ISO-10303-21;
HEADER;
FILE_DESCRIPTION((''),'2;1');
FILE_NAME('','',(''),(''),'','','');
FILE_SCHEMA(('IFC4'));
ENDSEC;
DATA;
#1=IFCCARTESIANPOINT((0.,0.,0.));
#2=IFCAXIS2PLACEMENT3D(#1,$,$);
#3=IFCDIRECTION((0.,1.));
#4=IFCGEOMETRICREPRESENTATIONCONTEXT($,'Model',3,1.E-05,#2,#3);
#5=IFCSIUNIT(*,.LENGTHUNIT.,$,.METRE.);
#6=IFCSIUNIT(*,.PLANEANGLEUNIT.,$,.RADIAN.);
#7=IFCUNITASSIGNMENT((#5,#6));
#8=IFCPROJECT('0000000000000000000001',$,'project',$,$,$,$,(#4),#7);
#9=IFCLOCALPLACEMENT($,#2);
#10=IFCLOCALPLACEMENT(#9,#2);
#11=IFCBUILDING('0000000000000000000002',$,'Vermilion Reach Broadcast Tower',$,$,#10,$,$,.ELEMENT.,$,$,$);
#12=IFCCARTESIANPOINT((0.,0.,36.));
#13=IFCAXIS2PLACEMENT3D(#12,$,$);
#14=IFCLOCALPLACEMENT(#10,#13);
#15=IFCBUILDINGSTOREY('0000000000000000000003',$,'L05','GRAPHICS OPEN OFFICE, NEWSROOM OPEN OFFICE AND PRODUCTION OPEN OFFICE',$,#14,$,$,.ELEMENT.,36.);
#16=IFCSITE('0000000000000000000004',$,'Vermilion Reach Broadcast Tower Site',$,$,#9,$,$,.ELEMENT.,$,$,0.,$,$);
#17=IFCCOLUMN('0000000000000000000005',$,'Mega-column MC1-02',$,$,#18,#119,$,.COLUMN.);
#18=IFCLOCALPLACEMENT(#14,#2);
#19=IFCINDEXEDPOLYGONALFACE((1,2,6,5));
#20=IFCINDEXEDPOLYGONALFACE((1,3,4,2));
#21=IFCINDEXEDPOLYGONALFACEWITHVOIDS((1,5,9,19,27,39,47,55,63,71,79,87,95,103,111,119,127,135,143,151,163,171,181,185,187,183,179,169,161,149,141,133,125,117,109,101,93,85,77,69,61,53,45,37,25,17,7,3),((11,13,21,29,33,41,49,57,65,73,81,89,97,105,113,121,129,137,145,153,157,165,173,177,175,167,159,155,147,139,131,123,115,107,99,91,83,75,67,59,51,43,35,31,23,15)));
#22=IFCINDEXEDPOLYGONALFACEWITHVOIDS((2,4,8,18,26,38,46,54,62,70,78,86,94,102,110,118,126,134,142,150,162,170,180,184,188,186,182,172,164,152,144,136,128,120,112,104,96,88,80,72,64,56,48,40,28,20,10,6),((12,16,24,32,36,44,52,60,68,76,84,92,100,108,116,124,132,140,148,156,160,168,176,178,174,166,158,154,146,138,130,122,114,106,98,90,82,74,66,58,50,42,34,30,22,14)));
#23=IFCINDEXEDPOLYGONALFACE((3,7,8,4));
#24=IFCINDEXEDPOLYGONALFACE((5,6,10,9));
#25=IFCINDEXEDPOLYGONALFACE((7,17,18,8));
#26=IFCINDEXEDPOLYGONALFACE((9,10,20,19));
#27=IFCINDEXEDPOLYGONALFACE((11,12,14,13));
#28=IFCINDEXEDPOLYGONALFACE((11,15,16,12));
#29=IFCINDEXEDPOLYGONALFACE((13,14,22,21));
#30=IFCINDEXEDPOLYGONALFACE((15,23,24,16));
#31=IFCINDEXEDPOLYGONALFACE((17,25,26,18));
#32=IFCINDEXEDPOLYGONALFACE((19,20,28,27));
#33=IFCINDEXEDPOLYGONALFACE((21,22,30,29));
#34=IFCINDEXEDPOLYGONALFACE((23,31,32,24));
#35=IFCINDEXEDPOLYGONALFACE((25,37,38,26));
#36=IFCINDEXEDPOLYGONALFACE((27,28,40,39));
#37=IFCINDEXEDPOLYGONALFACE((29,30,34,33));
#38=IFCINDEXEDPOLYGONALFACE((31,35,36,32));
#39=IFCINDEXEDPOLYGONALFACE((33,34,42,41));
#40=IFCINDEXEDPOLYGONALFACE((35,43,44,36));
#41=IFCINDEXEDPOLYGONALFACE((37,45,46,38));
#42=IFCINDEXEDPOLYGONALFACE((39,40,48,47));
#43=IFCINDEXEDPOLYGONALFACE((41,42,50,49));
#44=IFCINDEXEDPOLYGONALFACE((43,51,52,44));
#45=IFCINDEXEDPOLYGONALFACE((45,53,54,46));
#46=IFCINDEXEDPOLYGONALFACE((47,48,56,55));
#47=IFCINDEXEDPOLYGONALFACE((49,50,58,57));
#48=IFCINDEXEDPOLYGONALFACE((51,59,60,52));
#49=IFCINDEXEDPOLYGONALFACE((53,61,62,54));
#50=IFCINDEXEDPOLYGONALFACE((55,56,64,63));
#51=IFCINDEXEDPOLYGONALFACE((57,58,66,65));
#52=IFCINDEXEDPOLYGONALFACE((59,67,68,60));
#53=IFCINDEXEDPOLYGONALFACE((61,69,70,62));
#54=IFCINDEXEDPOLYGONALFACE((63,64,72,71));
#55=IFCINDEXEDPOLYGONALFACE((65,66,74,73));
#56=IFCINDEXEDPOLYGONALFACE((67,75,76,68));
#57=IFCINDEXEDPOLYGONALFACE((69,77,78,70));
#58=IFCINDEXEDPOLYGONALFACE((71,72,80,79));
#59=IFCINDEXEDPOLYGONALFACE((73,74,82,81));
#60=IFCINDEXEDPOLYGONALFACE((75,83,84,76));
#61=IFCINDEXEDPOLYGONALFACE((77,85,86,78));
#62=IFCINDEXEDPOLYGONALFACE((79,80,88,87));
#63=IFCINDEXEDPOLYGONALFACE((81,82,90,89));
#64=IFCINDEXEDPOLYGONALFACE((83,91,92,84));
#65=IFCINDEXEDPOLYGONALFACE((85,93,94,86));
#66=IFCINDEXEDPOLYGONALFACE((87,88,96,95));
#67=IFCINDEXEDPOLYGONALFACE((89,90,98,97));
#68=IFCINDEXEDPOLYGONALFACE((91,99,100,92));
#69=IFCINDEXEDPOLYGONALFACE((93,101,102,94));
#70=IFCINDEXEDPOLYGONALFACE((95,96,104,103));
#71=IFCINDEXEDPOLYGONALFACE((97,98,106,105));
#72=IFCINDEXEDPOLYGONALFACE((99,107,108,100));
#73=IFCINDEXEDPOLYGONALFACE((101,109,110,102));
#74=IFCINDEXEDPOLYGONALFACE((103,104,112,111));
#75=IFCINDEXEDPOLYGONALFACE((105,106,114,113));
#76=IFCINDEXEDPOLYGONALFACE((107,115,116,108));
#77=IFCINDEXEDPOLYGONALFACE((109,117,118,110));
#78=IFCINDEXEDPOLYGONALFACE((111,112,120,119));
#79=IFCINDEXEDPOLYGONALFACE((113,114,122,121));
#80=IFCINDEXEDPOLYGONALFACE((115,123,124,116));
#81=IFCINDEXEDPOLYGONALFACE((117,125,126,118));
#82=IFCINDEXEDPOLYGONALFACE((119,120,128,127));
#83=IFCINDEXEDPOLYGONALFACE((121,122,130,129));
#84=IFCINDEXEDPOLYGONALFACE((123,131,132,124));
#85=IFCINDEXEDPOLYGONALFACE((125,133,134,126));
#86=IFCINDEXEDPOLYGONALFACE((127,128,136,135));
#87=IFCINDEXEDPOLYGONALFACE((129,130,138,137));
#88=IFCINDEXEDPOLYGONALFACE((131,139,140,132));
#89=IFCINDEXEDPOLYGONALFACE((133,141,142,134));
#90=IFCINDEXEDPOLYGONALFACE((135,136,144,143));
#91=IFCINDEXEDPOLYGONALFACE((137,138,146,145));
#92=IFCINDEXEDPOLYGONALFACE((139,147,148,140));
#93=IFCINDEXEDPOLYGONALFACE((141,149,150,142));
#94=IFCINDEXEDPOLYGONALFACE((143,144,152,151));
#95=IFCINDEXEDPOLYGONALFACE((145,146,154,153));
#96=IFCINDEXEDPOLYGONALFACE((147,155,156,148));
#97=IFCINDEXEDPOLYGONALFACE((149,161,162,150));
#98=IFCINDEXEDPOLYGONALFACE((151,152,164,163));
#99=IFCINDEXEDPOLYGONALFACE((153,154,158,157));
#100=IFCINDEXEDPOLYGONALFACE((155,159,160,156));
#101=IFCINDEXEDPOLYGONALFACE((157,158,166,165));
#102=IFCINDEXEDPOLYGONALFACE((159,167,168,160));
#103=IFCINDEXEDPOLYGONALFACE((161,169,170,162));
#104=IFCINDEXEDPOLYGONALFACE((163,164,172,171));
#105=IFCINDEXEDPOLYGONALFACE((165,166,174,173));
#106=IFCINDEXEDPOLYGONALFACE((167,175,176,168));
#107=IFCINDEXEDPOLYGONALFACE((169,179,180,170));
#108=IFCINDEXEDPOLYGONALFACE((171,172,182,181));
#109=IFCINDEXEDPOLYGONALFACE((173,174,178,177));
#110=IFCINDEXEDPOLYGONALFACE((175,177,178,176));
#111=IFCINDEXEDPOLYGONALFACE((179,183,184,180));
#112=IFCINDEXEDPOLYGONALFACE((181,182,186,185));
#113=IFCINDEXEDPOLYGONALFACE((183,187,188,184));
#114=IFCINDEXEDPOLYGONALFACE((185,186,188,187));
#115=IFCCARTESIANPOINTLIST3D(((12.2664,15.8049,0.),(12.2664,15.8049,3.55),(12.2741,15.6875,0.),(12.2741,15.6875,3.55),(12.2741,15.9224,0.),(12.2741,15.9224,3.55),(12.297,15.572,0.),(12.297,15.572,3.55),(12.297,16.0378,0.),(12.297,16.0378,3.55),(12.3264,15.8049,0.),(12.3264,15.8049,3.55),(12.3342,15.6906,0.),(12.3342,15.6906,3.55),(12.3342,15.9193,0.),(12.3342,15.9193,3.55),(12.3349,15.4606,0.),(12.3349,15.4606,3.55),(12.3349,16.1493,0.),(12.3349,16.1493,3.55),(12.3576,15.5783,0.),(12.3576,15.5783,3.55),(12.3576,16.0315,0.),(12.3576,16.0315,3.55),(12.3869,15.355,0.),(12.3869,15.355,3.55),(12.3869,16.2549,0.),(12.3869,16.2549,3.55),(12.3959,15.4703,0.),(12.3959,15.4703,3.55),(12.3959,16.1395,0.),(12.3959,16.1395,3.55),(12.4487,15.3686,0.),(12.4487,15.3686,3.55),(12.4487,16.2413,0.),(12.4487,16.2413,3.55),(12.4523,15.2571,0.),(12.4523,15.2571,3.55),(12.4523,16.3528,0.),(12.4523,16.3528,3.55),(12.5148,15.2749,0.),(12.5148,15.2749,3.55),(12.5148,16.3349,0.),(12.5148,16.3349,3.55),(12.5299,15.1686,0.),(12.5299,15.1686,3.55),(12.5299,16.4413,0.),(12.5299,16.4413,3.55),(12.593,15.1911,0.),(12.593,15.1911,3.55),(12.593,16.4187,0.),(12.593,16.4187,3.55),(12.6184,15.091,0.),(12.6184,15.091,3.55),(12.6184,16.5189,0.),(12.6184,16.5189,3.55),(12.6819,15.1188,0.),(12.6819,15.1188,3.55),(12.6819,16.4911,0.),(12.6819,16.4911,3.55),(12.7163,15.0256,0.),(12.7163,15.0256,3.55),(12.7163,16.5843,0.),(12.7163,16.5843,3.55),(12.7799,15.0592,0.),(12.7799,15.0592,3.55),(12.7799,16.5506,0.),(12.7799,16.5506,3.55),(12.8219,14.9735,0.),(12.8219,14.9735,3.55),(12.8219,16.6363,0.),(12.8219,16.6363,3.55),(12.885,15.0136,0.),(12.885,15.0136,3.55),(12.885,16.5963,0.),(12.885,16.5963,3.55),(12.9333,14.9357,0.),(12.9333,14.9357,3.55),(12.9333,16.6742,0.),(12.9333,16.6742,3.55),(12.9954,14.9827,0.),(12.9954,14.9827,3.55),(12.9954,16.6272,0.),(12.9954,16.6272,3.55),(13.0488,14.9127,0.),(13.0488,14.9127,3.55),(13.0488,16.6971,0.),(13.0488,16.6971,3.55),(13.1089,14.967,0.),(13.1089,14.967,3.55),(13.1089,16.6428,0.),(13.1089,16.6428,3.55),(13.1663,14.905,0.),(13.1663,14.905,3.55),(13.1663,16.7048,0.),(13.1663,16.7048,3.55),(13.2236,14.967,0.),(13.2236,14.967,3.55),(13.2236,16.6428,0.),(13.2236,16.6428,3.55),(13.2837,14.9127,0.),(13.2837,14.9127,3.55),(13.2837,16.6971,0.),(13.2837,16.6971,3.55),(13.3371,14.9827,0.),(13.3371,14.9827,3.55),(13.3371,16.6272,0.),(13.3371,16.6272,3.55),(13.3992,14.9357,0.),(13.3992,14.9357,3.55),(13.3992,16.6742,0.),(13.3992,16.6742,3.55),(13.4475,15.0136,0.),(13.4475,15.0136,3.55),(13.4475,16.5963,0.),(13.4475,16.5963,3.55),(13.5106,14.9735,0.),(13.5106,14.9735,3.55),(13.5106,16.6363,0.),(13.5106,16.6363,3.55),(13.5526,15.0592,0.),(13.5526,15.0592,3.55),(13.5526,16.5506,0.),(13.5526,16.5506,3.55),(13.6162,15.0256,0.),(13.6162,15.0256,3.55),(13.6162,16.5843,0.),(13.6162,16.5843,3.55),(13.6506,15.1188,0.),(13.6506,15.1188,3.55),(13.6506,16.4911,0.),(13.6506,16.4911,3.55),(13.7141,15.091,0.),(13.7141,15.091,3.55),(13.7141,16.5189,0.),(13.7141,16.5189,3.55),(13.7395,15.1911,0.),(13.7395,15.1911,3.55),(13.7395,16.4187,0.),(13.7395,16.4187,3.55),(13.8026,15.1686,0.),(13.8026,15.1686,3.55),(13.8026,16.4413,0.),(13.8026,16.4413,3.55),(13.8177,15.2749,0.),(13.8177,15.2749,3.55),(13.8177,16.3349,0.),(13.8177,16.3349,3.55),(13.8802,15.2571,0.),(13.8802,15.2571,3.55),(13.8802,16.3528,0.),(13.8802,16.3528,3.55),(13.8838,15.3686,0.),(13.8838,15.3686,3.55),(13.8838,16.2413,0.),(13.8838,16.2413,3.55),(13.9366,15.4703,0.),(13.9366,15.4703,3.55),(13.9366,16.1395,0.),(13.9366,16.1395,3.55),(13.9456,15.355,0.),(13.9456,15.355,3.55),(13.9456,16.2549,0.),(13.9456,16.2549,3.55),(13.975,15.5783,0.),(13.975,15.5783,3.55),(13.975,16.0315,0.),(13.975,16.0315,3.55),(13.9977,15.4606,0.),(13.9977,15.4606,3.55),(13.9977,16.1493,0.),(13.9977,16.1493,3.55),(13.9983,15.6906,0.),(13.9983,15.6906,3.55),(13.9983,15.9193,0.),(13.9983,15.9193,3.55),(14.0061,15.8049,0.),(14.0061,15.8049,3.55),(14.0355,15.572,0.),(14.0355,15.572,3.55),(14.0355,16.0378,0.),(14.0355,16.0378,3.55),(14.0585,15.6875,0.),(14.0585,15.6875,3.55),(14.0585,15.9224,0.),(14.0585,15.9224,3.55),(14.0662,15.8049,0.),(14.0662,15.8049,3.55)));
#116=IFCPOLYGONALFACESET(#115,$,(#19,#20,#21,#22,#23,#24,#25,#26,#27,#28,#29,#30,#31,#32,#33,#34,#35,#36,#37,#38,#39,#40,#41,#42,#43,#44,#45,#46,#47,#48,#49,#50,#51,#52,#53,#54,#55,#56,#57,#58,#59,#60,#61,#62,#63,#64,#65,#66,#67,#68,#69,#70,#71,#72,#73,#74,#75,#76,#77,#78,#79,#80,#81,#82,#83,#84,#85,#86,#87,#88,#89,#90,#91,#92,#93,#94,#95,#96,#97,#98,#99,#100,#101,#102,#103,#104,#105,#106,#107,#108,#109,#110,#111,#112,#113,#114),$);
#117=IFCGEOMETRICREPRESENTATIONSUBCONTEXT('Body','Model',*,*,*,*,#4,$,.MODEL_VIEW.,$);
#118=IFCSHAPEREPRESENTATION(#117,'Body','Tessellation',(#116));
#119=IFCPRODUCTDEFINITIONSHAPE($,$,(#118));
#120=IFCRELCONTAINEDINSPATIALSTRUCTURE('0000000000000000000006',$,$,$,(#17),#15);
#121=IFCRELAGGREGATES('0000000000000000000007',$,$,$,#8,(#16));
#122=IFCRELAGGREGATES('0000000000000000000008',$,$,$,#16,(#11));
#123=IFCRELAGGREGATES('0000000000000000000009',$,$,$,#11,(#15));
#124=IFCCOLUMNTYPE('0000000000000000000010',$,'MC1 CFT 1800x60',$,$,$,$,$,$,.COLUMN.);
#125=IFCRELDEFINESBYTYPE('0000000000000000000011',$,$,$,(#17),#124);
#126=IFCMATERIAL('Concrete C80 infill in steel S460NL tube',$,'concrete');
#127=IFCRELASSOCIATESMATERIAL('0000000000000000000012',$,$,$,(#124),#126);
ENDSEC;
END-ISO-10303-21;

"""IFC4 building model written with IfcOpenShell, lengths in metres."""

from ifc_helpers import new_model, si_unit, direction, frame, origin, origin_2d, place, context, subcontext, project, spatial, hollow_circle, extrude, material, material_profile, profile_set, type_object, element, save


model = new_model("IFC4")

# Units and contexts
model_context = context("Model", 3, precision=1e-05, world=origin(), true_north=direction((0.0, 1.0)))
body_context = subcontext(model_context, "Body", "Model", "MODEL_VIEW")
ifc_project = project(units=[si_unit("LENGTHUNIT", "METRE"), si_unit("PLANEANGLEUNIT", "RADIAN")], contexts=[model_context])

# Site, building, storey
site_placement = place(None, origin())
site = spatial("IfcSite", under=ifc_project, at=site_placement, Name="Vermilion Reach Broadcast Tower Site", CompositionType="ELEMENT", RefElevation=0.0)
building_placement = place(site_placement, origin())
building = spatial("IfcBuilding", under=site, at=building_placement, Name="Vermilion Reach Broadcast Tower", CompositionType="ELEMENT")
storey_placement = place(building_placement, frame((0.0, 0.0, 36.0)))
storey = spatial("IfcBuildingStorey", under=building, at=storey_placement, Name="L05", Description="GRAPHICS OPEN OFFICE, NEWSROOM OPEN OFFICE AND PRODUCTION OPEN OFFICE", CompositionType="ELEMENT", Elevation=36.0)

# Column
ifc_material_1 = material(Name="Concrete C80 infill in steel S460NL tube", Category="concrete")
ifc_material_profile_1 = material_profile(ifc_material_1, hollow_circle(Radius=0.8999, WallThickness=0.0601, at=origin_2d()), Name="Concrete C80 infill in steel S460NL tube CFT 1800x60")
ifc_profile_set_1 = profile_set([ifc_material_profile_1], Name="Concrete C80 infill in steel S460NL tube")
column_type = type_object("IfcColumnType", Name="MC1 CFT 1800x60", PredefinedType="COLUMN", material=ifc_profile_set_1)
for number, where, z_axis, x_axis, name in (
    (1, (13.1663, 15.8049, 0.0), (0.0, 0.0, 1.0), (1.0, 0.0, 0.0), "Mega-column MC1-02"),
):
    element("IfcColumn", number, at=place(storey_placement, frame(where, z_axis=z_axis, x_axis=x_axis)), inside=storey, type_object=column_type, Name=name, PredefinedType="COLUMN", context=body_context, shape_type="SweptSolid", body=[
        extrude(hollow_circle(Radius=0.8999, WallThickness=0.0601, at=origin_2d()), origin(), (0.0, 0.0, 1.0), 3.55),
    ])

save(model, "model.ifc")
